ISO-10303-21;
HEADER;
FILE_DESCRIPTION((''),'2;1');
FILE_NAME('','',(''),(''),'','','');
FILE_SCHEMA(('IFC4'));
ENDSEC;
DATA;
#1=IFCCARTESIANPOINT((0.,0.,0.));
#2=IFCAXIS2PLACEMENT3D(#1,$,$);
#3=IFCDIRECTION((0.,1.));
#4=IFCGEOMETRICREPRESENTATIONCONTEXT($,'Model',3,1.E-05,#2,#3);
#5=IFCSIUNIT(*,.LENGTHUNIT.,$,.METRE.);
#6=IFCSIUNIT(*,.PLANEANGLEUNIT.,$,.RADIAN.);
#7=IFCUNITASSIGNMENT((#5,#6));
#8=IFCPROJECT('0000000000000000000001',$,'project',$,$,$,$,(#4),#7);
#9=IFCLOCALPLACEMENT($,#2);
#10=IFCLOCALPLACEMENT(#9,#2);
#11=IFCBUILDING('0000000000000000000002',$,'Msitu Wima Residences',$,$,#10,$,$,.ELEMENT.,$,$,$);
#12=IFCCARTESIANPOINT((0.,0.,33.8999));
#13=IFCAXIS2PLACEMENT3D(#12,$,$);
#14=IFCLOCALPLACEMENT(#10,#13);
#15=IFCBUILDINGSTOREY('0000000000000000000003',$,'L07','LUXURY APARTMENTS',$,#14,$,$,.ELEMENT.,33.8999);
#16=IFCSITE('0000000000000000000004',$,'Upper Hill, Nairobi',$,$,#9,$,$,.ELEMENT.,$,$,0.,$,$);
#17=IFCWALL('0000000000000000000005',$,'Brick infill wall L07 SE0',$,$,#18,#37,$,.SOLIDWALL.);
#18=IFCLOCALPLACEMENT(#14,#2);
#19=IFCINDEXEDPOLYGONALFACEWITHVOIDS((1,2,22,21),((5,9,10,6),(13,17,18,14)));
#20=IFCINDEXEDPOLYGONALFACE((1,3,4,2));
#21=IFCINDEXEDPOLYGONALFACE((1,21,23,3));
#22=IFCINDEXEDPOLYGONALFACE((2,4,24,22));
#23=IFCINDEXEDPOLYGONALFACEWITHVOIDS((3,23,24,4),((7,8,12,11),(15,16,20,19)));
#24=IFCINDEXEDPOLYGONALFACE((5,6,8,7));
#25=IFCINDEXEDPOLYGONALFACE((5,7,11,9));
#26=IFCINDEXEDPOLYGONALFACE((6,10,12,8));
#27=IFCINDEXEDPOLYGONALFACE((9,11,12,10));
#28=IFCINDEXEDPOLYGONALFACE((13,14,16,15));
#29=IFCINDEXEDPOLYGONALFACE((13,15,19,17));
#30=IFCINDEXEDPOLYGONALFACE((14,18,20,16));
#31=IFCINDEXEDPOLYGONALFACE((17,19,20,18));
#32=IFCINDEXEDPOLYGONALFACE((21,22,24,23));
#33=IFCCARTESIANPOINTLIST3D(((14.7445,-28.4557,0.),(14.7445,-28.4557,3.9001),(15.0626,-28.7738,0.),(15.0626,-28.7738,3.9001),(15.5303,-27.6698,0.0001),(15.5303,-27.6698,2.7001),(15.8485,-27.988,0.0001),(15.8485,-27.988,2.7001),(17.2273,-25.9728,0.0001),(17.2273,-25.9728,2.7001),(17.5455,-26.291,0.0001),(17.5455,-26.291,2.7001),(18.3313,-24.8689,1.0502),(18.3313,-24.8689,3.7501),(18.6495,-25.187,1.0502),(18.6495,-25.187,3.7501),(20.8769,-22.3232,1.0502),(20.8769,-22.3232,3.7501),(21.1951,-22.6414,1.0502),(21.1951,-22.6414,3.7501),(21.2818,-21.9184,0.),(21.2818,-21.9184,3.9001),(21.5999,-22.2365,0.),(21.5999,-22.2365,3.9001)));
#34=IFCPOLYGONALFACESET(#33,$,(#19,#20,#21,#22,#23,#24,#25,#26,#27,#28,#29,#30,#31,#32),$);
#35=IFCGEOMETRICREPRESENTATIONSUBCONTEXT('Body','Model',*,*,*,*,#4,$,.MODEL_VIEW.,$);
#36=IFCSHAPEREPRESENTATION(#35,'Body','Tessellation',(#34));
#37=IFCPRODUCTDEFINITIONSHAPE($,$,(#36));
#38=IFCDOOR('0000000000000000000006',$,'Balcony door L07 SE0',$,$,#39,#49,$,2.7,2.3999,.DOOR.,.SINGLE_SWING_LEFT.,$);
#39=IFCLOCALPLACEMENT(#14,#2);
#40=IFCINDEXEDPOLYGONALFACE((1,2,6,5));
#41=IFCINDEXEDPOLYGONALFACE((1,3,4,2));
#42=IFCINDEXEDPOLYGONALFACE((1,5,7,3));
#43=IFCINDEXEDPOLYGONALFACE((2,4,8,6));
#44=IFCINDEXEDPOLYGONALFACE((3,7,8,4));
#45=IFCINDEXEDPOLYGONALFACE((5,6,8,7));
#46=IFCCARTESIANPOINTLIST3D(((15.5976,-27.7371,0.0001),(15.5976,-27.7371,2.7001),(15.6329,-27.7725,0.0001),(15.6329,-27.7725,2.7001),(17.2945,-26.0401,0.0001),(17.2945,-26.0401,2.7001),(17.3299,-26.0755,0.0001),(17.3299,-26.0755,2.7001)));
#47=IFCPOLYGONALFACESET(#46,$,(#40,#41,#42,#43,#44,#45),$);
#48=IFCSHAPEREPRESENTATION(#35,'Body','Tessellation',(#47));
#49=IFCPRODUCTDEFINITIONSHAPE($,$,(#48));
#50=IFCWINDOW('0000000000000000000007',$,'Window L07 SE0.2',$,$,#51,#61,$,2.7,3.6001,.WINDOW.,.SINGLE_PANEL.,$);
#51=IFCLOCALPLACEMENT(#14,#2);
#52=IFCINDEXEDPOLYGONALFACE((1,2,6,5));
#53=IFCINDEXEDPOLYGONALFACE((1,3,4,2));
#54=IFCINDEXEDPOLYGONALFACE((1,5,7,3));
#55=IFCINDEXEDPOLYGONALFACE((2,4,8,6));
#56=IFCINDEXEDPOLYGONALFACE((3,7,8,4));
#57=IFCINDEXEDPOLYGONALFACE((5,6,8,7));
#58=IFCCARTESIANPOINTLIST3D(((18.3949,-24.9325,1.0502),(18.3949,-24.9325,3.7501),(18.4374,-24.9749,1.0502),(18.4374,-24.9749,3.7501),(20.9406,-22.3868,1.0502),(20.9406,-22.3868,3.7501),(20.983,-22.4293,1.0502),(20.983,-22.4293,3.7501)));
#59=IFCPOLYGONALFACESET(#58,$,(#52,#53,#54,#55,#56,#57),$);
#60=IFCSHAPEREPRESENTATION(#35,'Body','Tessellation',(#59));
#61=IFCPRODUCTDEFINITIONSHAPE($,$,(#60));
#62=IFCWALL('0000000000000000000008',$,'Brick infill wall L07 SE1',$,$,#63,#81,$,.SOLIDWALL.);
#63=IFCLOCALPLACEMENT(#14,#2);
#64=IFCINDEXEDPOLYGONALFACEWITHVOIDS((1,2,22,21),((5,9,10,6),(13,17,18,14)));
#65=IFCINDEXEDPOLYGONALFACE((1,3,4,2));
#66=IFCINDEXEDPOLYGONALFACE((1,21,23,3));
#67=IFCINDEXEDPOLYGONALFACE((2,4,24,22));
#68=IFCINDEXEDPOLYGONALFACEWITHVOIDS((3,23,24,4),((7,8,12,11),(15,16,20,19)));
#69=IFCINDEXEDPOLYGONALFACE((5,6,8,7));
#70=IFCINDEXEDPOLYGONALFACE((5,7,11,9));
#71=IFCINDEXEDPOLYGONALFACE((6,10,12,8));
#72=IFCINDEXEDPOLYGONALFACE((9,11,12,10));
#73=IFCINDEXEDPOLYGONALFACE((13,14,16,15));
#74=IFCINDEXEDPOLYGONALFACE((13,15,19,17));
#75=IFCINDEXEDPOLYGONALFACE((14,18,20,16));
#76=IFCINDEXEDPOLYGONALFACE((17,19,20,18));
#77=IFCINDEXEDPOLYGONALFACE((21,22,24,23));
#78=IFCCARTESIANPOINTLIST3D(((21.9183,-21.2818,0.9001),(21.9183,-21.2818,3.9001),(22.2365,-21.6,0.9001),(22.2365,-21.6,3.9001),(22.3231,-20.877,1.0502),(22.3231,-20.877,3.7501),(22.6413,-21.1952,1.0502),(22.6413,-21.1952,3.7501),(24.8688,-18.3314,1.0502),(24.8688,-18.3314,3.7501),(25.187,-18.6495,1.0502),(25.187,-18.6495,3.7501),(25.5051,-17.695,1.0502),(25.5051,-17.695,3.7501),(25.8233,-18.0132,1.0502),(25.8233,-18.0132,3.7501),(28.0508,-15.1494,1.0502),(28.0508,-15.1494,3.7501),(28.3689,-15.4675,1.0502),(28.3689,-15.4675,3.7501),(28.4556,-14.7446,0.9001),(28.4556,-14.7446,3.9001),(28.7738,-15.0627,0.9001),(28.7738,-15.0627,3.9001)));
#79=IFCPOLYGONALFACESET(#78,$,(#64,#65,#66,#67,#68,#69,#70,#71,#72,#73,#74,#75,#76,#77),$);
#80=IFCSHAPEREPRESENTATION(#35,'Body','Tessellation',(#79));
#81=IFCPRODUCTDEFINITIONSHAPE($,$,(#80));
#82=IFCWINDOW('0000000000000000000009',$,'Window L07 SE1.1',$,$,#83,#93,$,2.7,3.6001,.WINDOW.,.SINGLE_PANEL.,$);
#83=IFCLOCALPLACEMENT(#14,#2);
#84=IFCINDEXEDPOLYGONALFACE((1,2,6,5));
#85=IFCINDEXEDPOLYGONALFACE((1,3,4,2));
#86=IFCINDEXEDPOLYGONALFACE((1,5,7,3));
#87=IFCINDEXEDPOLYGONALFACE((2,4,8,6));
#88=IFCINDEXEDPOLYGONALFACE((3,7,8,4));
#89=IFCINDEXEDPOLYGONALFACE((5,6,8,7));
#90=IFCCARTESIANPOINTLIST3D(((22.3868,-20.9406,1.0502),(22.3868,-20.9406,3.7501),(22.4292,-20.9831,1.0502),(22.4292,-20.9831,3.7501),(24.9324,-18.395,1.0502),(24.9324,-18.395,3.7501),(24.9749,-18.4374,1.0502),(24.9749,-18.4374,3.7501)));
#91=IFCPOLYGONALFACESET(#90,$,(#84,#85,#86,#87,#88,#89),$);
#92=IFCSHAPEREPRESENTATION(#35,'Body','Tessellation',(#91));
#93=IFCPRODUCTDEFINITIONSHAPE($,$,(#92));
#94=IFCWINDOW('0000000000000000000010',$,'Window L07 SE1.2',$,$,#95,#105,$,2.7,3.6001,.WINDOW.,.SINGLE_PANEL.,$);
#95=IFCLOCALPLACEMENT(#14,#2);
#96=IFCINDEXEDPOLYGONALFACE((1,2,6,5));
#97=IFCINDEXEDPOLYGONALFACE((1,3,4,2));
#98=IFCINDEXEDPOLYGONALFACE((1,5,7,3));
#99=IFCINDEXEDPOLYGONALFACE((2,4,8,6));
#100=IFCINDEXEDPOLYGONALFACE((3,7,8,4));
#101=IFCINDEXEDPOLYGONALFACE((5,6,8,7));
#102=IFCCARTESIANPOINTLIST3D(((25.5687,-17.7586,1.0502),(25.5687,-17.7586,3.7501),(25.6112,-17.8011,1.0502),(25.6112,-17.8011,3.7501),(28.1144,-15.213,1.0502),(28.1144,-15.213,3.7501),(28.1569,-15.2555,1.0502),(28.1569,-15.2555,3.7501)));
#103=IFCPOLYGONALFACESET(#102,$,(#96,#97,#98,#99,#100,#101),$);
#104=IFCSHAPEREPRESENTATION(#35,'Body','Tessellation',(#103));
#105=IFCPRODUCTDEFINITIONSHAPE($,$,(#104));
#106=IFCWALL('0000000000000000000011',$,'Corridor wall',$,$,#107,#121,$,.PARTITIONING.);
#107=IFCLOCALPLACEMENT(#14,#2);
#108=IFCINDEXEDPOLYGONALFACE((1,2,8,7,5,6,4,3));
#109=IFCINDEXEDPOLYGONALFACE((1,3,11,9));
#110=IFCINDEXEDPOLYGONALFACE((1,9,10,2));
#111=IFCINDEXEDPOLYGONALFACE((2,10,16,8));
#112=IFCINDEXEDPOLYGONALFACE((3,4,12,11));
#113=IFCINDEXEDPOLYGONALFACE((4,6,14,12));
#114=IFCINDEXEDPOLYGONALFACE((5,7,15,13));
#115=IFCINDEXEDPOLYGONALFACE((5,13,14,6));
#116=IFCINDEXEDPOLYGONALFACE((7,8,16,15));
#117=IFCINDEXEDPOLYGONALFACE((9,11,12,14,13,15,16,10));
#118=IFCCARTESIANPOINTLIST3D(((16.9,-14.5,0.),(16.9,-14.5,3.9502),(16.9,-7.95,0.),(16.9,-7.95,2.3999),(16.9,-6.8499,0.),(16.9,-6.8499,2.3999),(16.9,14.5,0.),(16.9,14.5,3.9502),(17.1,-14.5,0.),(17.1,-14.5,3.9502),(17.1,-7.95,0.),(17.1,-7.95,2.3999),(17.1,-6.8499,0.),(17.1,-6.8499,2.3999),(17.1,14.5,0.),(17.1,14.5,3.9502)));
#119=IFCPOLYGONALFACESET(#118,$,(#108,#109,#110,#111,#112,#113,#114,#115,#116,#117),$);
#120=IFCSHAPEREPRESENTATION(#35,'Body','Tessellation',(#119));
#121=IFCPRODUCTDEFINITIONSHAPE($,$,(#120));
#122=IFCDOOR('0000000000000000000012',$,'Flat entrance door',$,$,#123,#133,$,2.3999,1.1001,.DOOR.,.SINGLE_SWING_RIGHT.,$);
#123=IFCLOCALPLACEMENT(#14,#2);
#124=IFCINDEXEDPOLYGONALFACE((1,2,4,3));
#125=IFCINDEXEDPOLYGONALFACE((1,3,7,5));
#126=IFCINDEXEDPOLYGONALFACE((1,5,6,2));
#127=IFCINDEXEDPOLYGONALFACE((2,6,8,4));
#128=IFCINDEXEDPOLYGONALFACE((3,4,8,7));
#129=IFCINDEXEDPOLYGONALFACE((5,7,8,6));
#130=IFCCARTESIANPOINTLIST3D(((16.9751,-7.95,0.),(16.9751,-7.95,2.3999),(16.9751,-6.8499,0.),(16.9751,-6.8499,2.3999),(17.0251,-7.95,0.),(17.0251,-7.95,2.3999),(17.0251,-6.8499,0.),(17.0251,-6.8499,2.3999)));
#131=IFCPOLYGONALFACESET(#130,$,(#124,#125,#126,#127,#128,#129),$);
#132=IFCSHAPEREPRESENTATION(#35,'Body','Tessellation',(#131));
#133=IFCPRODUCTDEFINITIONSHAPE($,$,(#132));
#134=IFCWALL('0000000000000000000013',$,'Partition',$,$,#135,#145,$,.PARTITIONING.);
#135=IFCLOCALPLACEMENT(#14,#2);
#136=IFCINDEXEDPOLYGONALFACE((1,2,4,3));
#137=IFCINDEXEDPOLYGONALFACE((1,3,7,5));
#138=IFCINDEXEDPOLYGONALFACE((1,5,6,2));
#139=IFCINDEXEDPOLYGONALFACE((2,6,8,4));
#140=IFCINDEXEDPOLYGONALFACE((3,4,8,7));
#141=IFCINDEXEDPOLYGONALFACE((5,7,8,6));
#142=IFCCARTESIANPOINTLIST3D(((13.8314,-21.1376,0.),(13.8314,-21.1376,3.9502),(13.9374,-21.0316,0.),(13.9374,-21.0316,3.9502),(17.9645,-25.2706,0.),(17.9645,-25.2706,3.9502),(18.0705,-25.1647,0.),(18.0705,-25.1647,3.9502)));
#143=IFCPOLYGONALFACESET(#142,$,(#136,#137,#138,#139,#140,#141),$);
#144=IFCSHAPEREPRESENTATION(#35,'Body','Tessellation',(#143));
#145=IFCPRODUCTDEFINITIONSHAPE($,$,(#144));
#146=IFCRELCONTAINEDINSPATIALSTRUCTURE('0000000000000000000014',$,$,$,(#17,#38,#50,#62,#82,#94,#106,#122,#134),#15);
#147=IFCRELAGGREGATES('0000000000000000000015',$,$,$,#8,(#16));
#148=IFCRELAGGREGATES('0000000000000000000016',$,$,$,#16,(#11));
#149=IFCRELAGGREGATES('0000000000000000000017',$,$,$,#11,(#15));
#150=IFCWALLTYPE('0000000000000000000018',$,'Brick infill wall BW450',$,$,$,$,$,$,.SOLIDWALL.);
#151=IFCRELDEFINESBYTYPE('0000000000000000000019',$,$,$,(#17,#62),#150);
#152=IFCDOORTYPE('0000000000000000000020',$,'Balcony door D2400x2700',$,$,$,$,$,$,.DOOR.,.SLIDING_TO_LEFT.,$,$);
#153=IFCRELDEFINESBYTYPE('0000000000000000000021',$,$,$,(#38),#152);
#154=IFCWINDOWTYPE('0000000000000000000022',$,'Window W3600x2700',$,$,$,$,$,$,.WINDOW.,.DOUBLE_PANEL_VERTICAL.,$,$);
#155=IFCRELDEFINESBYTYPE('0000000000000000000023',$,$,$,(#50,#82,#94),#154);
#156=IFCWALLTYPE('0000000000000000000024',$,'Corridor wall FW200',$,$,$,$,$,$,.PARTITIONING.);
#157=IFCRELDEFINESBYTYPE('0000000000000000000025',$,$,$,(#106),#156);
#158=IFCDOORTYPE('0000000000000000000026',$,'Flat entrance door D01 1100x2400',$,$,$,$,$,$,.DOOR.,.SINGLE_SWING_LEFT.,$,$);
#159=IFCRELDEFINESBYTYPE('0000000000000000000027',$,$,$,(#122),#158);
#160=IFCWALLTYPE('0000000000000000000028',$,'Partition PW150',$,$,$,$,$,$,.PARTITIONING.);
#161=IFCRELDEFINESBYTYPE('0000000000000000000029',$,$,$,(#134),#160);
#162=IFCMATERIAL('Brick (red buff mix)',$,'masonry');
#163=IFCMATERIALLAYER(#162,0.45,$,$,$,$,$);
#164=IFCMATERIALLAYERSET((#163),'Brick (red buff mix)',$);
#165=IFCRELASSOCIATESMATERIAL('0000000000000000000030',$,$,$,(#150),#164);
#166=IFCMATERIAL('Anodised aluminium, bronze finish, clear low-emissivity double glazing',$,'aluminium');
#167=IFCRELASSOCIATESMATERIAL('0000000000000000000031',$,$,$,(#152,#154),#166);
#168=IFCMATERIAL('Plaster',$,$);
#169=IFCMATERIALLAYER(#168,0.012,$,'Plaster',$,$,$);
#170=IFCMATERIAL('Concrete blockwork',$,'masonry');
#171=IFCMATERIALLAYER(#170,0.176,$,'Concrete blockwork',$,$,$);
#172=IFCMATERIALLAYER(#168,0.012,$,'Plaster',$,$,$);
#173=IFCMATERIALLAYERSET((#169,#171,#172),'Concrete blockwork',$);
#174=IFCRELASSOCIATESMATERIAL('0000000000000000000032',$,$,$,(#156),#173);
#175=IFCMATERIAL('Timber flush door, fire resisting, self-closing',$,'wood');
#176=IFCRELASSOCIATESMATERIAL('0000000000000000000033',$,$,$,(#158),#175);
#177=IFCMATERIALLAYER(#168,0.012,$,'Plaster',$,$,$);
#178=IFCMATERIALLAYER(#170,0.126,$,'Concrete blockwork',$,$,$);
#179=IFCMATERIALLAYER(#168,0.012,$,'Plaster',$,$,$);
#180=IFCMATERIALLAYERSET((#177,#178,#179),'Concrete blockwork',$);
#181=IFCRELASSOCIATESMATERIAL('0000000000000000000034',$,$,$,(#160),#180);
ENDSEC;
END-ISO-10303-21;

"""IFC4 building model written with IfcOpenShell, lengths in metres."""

from ifc_helpers import new_model, si_unit, direction, frame, frame_2d, origin, place, context, subcontext, project, spatial, rectangle, extrude, material, layer, layer_set, type_object, element, fill, save


model = new_model("IFC4")

# Units and contexts
model_context = context("Model", 3, precision=1e-05, world=origin(), true_north=direction((0.0, 1.0)))
body_context = subcontext(model_context, "Body", "Model", "MODEL_VIEW")
ifc_project = project(units=[si_unit("LENGTHUNIT", "METRE"), si_unit("PLANEANGLEUNIT", "RADIAN")], contexts=[model_context])

# Site, building, storey
site_placement = place(None, origin())
site = spatial("IfcSite", under=ifc_project, at=site_placement, Name="Upper Hill, Nairobi", CompositionType="ELEMENT", RefElevation=0.0)
building_placement = place(site_placement, origin())
building = spatial("IfcBuilding", under=site, at=building_placement, Name="Msitu Wima Residences", CompositionType="ELEMENT")
storey_placement = place(building_placement, frame((0.0, 0.0, 33.8999)))
storey = spatial("IfcBuildingStorey", under=building, at=storey_placement, Name="L07", Description="LUXURY APARTMENTS", CompositionType="ELEMENT", Elevation=33.8999)

# Wall, openings, door, window
ifc_material_1 = material(Name="Brick (red buff mix)", Category="masonry")
ifc_layer_1 = layer(ifc_material_1, 0.45)
ifc_layer_set_1 = layer_set([ifc_layer_1], Name="Brick (red buff mix)")
wall_type_1 = type_object("IfcWallType", Name="Brick infill wall BW450", PredefinedType="SOLIDWALL", material=ifc_layer_set_1)
wall_1_placement = place(storey_placement, frame((14.9036, -28.6147, 0.0), z_axis=(0.0, 0.0, 1.0), x_axis=(0.707107, 0.707107, 0.0)))
wall_1 = element("IfcWall", 1, at=wall_1_placement, inside=storey, type_object=wall_type_1, Name="Brick infill wall L07 SE0", PredefinedType="SOLIDWALL", context=body_context, shape_type="SweptSolid", body=[
    extrude(rectangle(XDim=9.2451, YDim=0.45, at=frame_2d((4.6226, 0.0))), origin(), (0.0, 0.0, 1.0), 3.9001),
])
opening_1_placement = place(wall_1_placement, frame((1.1113, 0.0, 0.0)))
opening_1 = element("IfcOpeningElement", 2, at=opening_1_placement, cuts=wall_1, PredefinedType="OPENING", context=body_context, shape_type="SweptSolid", body=[
    extrude(rectangle(XDim=2.3999, YDim=2.7, at=frame_2d((1.2, 1.3501))), frame((0.0, 0.2349, 0.0), z_axis=(0.0, -1.0, 0.0), x_axis=(1.0, 0.0, 0.0)), (0.0, 0.0, 1.0), 0.47),
])
opening_2_placement = place(wall_1_placement, frame((5.0725, 0.0, 1.05)))
opening_2 = element("IfcOpeningElement", 3, at=opening_2_placement, cuts=wall_1, PredefinedType="OPENING", context=body_context, shape_type="SweptSolid", body=[
    extrude(rectangle(XDim=3.6001, YDim=2.7, at=frame_2d((1.8, 1.3501))), frame((0.0, 0.2349, 0.0), z_axis=(0.0, -1.0, 0.0), x_axis=(1.0, 0.0, 0.0)), (0.0, 0.0, 1.0), 0.47),
])
ifc_material_2 = material(Name="Anodised aluminium, bronze finish, clear low-emissivity double glazing", Category="aluminium")
door_type_1 = type_object("IfcDoorType", Name="Balcony door D2400x2700", OperationType="SLIDING_TO_LEFT", PredefinedType="DOOR", material=ifc_material_2)
door_1_placement = place(opening_1_placement, origin())
door_1 = element("IfcDoor", 4, at=door_1_placement, inside=storey, type_object=door_type_1, Name="Balcony door L07 SE0", OperationType="SINGLE_SWING_LEFT", OverallHeight=2.7, OverallWidth=2.3999, PredefinedType="DOOR", context=body_context, shape_type="SweptSolid", body=[
    extrude(rectangle(XDim=2.3999, YDim=2.7, at=frame_2d((1.2, 1.3501))), frame((0.0, 0.1299, 0.0), z_axis=(0.0, -1.0, 0.0), x_axis=(1.0, 0.0, 0.0)), (0.0, 0.0, 1.0), 0.05),
])
fill(opening_1, door_1)
window_type = type_object("IfcWindowType", Name="Window W3600x2700", PartitioningType="DOUBLE_PANEL_VERTICAL", PredefinedType="WINDOW", material=ifc_material_2)
window_1_placement = place(opening_2_placement, origin())
window_1 = element("IfcWindow", 5, at=window_1_placement, inside=storey, type_object=window_type, Name="Window L07 SE0.2", OverallHeight=2.7, OverallWidth=3.6001, PartitioningType="SINGLE_PANEL", PredefinedType="WINDOW", context=body_context, shape_type="SweptSolid", body=[
    extrude(rectangle(XDim=3.6001, YDim=2.7, at=frame_2d((1.8, 1.3501))), frame((0.0, 0.135, 0.0), z_axis=(0.0, -1.0, 0.0), x_axis=(1.0, 0.0, 0.0)), (0.0, 0.0, 1.0), 0.0601),
])
fill(opening_2, window_1)

# Wall, openings, windows
wall_2_placement = place(storey_placement, frame((22.0774, -21.4409, 0.9001), z_axis=(0.0, 0.0, 1.0), x_axis=(0.707107, 0.707107, 0.0)))
wall_2 = element("IfcWall", 6, at=wall_2_placement, inside=storey, type_object=wall_type_1, Name="Brick infill wall L07 SE1", PredefinedType="SOLIDWALL", context=body_context, shape_type="SweptSolid", body=[
    extrude(rectangle(XDim=9.2451, YDim=0.45, at=frame_2d((4.6226, 0.0))), origin(), (0.0, 0.0, 1.0), 3.0),
])
opening_3_placement = place(wall_2_placement, frame((0.5725, 0.0, 0.1499)))
opening_3 = element("IfcOpeningElement", 7, at=opening_3_placement, cuts=wall_2, PredefinedType="OPENING", context=body_context, shape_type="SweptSolid", body=[
    extrude(rectangle(XDim=3.6001, YDim=2.7, at=frame_2d((1.8, 1.3501))), frame((0.0, 0.2349, 0.0), z_axis=(0.0, -1.0, 0.0), x_axis=(1.0, 0.0, 0.0)), (0.0, 0.0, 1.0), 0.47),
])
opening_4_placement = place(wall_2_placement, frame((5.0725, 0.0, 0.1499)))
opening_4 = element("IfcOpeningElement", 8, at=opening_4_placement, cuts=wall_2, PredefinedType="OPENING", context=body_context, shape_type="SweptSolid", body=[
    extrude(rectangle(XDim=3.6001, YDim=2.7, at=frame_2d((1.8, 1.3501))), frame((0.0, 0.2349, 0.0), z_axis=(0.0, -1.0, 0.0), x_axis=(1.0, 0.0, 0.0)), (0.0, 0.0, 1.0), 0.47),
])
window_2_placement = place(opening_3_placement, origin())
window_2 = element("IfcWindow", 9, at=window_2_placement, inside=storey, type_object=window_type, Name="Window L07 SE1.1", OverallHeight=2.7, OverallWidth=3.6001, PartitioningType="SINGLE_PANEL", PredefinedType="WINDOW", context=body_context, shape_type="SweptSolid", body=[
    extrude(rectangle(XDim=3.6001, YDim=2.7, at=frame_2d((1.8, 1.3501))), frame((0.0, 0.135, 0.0), z_axis=(0.0, -1.0, 0.0), x_axis=(1.0, 0.0, 0.0)), (0.0, 0.0, 1.0), 0.0601),
])
fill(opening_3, window_2)
window_3_placement = place(opening_4_placement, origin())
window_3 = element("IfcWindow", 10, at=window_3_placement, inside=storey, type_object=window_type, Name="Window L07 SE1.2", OverallHeight=2.7, OverallWidth=3.6001, PartitioningType="SINGLE_PANEL", PredefinedType="WINDOW", context=body_context, shape_type="SweptSolid", body=[
    extrude(rectangle(XDim=3.6001, YDim=2.7, at=frame_2d((1.8, 1.3501))), frame((0.0, 0.135, 0.0), z_axis=(0.0, -1.0, 0.0), x_axis=(1.0, 0.0, 0.0)), (0.0, 0.0, 1.0), 0.0601),
])
fill(opening_4, window_3)

# Wall, opening, door
ifc_material_3 = material(Name="Plaster")
ifc_layer_2 = layer(ifc_material_3, 0.012, Name="Plaster")
ifc_material_4 = material(Name="Concrete blockwork", Category="masonry")
ifc_layer_3 = layer(ifc_material_4, 0.176, Name="Concrete blockwork")
ifc_layer_4 = layer(ifc_material_3, 0.012, Name="Plaster")
ifc_layer_set_2 = layer_set([ifc_layer_2, ifc_layer_3, ifc_layer_4], Name="Concrete blockwork")
wall_type_2 = type_object("IfcWallType", Name="Corridor wall FW200", PredefinedType="PARTITIONING", material=ifc_layer_set_2)
wall_3_placement = place(storey_placement, frame((17.0, -14.5, 0.0), z_axis=(0.0, 0.0, 1.0), x_axis=(0.0, 1.0, 0.0)))
wall_3 = element("IfcWall", 11, at=wall_3_placement, inside=storey, type_object=wall_type_2, Name="Corridor wall", PredefinedType="PARTITIONING", context=body_context, shape_type="SweptSolid", body=[
    extrude(rectangle(XDim=29.0, YDim=0.2, at=frame_2d((14.5, 0.0))), origin(), (0.0, 0.0, 1.0), 3.9502),
])
opening_5_placement = place(wall_3_placement, frame((6.55, 0.0, 0.0)))
opening_5 = element("IfcOpeningElement", 12, at=opening_5_placement, cuts=wall_3, PredefinedType="OPENING", context=body_context, shape_type="SweptSolid", body=[
    extrude(rectangle(XDim=1.1001, YDim=2.3999, at=frame_2d((0.55, 1.2))), frame((0.0, 0.1099, 0.0), z_axis=(0.0, -1.0, 0.0), x_axis=(1.0, 0.0, 0.0)), (0.0, 0.0, 1.0), 0.22),
])
ifc_material_5 = material(Name="Timber flush door, fire resisting, self-closing", Category="wood")
door_type_2 = type_object("IfcDoorType", Name="Flat entrance door D01 1100x2400", OperationType="SINGLE_SWING_LEFT", PredefinedType="DOOR", material=ifc_material_5)
door_2_placement = place(opening_5_placement, origin())
door_2 = element("IfcDoor", 13, at=door_2_placement, inside=storey, type_object=door_type_2, Name="Flat entrance door", OperationType="SINGLE_SWING_RIGHT", OverallHeight=2.3999, OverallWidth=1.1001, PredefinedType="DOOR", context=body_context, shape_type="SweptSolid", body=[
    extrude(rectangle(XDim=1.1001, YDim=2.3999, at=frame_2d((0.55, 1.2))), frame((0.0, 0.0249, 0.0), z_axis=(0.0, -1.0, 0.0), x_axis=(1.0, 0.0, 0.0)), (0.0, 0.0, 1.0), 0.05),
])
fill(opening_5, door_2)

# Wall
ifc_layer_5 = layer(ifc_material_3, 0.012, Name="Plaster")
ifc_layer_6 = layer(ifc_material_4, 0.126, Name="Concrete blockwork")
ifc_layer_7 = layer(ifc_material_3, 0.012, Name="Plaster")
ifc_layer_set_3 = layer_set([ifc_layer_5, ifc_layer_6, ifc_layer_7], Name="Concrete blockwork")
wall_type_3 = type_object("IfcWallType", Name="Partition PW150", PredefinedType="PARTITIONING", material=ifc_layer_set_3)
wall_4_placement = place(storey_placement, frame((13.8845, -21.0847, 0.0), z_axis=(0.0, 0.0, 1.0), x_axis=(0.707107, -0.707107, 0.0)))
element("IfcWall", 14, at=wall_4_placement, inside=storey, type_object=wall_type_3, Name="Partition", PredefinedType="PARTITIONING", context=body_context, shape_type="SweptSolid", body=[
    extrude(rectangle(XDim=5.845, YDim=0.1499, at=frame_2d((2.9224, 0.0))), origin(), (0.0, 0.0, 1.0), 3.9502),
])

save(model, "model.ifc")
